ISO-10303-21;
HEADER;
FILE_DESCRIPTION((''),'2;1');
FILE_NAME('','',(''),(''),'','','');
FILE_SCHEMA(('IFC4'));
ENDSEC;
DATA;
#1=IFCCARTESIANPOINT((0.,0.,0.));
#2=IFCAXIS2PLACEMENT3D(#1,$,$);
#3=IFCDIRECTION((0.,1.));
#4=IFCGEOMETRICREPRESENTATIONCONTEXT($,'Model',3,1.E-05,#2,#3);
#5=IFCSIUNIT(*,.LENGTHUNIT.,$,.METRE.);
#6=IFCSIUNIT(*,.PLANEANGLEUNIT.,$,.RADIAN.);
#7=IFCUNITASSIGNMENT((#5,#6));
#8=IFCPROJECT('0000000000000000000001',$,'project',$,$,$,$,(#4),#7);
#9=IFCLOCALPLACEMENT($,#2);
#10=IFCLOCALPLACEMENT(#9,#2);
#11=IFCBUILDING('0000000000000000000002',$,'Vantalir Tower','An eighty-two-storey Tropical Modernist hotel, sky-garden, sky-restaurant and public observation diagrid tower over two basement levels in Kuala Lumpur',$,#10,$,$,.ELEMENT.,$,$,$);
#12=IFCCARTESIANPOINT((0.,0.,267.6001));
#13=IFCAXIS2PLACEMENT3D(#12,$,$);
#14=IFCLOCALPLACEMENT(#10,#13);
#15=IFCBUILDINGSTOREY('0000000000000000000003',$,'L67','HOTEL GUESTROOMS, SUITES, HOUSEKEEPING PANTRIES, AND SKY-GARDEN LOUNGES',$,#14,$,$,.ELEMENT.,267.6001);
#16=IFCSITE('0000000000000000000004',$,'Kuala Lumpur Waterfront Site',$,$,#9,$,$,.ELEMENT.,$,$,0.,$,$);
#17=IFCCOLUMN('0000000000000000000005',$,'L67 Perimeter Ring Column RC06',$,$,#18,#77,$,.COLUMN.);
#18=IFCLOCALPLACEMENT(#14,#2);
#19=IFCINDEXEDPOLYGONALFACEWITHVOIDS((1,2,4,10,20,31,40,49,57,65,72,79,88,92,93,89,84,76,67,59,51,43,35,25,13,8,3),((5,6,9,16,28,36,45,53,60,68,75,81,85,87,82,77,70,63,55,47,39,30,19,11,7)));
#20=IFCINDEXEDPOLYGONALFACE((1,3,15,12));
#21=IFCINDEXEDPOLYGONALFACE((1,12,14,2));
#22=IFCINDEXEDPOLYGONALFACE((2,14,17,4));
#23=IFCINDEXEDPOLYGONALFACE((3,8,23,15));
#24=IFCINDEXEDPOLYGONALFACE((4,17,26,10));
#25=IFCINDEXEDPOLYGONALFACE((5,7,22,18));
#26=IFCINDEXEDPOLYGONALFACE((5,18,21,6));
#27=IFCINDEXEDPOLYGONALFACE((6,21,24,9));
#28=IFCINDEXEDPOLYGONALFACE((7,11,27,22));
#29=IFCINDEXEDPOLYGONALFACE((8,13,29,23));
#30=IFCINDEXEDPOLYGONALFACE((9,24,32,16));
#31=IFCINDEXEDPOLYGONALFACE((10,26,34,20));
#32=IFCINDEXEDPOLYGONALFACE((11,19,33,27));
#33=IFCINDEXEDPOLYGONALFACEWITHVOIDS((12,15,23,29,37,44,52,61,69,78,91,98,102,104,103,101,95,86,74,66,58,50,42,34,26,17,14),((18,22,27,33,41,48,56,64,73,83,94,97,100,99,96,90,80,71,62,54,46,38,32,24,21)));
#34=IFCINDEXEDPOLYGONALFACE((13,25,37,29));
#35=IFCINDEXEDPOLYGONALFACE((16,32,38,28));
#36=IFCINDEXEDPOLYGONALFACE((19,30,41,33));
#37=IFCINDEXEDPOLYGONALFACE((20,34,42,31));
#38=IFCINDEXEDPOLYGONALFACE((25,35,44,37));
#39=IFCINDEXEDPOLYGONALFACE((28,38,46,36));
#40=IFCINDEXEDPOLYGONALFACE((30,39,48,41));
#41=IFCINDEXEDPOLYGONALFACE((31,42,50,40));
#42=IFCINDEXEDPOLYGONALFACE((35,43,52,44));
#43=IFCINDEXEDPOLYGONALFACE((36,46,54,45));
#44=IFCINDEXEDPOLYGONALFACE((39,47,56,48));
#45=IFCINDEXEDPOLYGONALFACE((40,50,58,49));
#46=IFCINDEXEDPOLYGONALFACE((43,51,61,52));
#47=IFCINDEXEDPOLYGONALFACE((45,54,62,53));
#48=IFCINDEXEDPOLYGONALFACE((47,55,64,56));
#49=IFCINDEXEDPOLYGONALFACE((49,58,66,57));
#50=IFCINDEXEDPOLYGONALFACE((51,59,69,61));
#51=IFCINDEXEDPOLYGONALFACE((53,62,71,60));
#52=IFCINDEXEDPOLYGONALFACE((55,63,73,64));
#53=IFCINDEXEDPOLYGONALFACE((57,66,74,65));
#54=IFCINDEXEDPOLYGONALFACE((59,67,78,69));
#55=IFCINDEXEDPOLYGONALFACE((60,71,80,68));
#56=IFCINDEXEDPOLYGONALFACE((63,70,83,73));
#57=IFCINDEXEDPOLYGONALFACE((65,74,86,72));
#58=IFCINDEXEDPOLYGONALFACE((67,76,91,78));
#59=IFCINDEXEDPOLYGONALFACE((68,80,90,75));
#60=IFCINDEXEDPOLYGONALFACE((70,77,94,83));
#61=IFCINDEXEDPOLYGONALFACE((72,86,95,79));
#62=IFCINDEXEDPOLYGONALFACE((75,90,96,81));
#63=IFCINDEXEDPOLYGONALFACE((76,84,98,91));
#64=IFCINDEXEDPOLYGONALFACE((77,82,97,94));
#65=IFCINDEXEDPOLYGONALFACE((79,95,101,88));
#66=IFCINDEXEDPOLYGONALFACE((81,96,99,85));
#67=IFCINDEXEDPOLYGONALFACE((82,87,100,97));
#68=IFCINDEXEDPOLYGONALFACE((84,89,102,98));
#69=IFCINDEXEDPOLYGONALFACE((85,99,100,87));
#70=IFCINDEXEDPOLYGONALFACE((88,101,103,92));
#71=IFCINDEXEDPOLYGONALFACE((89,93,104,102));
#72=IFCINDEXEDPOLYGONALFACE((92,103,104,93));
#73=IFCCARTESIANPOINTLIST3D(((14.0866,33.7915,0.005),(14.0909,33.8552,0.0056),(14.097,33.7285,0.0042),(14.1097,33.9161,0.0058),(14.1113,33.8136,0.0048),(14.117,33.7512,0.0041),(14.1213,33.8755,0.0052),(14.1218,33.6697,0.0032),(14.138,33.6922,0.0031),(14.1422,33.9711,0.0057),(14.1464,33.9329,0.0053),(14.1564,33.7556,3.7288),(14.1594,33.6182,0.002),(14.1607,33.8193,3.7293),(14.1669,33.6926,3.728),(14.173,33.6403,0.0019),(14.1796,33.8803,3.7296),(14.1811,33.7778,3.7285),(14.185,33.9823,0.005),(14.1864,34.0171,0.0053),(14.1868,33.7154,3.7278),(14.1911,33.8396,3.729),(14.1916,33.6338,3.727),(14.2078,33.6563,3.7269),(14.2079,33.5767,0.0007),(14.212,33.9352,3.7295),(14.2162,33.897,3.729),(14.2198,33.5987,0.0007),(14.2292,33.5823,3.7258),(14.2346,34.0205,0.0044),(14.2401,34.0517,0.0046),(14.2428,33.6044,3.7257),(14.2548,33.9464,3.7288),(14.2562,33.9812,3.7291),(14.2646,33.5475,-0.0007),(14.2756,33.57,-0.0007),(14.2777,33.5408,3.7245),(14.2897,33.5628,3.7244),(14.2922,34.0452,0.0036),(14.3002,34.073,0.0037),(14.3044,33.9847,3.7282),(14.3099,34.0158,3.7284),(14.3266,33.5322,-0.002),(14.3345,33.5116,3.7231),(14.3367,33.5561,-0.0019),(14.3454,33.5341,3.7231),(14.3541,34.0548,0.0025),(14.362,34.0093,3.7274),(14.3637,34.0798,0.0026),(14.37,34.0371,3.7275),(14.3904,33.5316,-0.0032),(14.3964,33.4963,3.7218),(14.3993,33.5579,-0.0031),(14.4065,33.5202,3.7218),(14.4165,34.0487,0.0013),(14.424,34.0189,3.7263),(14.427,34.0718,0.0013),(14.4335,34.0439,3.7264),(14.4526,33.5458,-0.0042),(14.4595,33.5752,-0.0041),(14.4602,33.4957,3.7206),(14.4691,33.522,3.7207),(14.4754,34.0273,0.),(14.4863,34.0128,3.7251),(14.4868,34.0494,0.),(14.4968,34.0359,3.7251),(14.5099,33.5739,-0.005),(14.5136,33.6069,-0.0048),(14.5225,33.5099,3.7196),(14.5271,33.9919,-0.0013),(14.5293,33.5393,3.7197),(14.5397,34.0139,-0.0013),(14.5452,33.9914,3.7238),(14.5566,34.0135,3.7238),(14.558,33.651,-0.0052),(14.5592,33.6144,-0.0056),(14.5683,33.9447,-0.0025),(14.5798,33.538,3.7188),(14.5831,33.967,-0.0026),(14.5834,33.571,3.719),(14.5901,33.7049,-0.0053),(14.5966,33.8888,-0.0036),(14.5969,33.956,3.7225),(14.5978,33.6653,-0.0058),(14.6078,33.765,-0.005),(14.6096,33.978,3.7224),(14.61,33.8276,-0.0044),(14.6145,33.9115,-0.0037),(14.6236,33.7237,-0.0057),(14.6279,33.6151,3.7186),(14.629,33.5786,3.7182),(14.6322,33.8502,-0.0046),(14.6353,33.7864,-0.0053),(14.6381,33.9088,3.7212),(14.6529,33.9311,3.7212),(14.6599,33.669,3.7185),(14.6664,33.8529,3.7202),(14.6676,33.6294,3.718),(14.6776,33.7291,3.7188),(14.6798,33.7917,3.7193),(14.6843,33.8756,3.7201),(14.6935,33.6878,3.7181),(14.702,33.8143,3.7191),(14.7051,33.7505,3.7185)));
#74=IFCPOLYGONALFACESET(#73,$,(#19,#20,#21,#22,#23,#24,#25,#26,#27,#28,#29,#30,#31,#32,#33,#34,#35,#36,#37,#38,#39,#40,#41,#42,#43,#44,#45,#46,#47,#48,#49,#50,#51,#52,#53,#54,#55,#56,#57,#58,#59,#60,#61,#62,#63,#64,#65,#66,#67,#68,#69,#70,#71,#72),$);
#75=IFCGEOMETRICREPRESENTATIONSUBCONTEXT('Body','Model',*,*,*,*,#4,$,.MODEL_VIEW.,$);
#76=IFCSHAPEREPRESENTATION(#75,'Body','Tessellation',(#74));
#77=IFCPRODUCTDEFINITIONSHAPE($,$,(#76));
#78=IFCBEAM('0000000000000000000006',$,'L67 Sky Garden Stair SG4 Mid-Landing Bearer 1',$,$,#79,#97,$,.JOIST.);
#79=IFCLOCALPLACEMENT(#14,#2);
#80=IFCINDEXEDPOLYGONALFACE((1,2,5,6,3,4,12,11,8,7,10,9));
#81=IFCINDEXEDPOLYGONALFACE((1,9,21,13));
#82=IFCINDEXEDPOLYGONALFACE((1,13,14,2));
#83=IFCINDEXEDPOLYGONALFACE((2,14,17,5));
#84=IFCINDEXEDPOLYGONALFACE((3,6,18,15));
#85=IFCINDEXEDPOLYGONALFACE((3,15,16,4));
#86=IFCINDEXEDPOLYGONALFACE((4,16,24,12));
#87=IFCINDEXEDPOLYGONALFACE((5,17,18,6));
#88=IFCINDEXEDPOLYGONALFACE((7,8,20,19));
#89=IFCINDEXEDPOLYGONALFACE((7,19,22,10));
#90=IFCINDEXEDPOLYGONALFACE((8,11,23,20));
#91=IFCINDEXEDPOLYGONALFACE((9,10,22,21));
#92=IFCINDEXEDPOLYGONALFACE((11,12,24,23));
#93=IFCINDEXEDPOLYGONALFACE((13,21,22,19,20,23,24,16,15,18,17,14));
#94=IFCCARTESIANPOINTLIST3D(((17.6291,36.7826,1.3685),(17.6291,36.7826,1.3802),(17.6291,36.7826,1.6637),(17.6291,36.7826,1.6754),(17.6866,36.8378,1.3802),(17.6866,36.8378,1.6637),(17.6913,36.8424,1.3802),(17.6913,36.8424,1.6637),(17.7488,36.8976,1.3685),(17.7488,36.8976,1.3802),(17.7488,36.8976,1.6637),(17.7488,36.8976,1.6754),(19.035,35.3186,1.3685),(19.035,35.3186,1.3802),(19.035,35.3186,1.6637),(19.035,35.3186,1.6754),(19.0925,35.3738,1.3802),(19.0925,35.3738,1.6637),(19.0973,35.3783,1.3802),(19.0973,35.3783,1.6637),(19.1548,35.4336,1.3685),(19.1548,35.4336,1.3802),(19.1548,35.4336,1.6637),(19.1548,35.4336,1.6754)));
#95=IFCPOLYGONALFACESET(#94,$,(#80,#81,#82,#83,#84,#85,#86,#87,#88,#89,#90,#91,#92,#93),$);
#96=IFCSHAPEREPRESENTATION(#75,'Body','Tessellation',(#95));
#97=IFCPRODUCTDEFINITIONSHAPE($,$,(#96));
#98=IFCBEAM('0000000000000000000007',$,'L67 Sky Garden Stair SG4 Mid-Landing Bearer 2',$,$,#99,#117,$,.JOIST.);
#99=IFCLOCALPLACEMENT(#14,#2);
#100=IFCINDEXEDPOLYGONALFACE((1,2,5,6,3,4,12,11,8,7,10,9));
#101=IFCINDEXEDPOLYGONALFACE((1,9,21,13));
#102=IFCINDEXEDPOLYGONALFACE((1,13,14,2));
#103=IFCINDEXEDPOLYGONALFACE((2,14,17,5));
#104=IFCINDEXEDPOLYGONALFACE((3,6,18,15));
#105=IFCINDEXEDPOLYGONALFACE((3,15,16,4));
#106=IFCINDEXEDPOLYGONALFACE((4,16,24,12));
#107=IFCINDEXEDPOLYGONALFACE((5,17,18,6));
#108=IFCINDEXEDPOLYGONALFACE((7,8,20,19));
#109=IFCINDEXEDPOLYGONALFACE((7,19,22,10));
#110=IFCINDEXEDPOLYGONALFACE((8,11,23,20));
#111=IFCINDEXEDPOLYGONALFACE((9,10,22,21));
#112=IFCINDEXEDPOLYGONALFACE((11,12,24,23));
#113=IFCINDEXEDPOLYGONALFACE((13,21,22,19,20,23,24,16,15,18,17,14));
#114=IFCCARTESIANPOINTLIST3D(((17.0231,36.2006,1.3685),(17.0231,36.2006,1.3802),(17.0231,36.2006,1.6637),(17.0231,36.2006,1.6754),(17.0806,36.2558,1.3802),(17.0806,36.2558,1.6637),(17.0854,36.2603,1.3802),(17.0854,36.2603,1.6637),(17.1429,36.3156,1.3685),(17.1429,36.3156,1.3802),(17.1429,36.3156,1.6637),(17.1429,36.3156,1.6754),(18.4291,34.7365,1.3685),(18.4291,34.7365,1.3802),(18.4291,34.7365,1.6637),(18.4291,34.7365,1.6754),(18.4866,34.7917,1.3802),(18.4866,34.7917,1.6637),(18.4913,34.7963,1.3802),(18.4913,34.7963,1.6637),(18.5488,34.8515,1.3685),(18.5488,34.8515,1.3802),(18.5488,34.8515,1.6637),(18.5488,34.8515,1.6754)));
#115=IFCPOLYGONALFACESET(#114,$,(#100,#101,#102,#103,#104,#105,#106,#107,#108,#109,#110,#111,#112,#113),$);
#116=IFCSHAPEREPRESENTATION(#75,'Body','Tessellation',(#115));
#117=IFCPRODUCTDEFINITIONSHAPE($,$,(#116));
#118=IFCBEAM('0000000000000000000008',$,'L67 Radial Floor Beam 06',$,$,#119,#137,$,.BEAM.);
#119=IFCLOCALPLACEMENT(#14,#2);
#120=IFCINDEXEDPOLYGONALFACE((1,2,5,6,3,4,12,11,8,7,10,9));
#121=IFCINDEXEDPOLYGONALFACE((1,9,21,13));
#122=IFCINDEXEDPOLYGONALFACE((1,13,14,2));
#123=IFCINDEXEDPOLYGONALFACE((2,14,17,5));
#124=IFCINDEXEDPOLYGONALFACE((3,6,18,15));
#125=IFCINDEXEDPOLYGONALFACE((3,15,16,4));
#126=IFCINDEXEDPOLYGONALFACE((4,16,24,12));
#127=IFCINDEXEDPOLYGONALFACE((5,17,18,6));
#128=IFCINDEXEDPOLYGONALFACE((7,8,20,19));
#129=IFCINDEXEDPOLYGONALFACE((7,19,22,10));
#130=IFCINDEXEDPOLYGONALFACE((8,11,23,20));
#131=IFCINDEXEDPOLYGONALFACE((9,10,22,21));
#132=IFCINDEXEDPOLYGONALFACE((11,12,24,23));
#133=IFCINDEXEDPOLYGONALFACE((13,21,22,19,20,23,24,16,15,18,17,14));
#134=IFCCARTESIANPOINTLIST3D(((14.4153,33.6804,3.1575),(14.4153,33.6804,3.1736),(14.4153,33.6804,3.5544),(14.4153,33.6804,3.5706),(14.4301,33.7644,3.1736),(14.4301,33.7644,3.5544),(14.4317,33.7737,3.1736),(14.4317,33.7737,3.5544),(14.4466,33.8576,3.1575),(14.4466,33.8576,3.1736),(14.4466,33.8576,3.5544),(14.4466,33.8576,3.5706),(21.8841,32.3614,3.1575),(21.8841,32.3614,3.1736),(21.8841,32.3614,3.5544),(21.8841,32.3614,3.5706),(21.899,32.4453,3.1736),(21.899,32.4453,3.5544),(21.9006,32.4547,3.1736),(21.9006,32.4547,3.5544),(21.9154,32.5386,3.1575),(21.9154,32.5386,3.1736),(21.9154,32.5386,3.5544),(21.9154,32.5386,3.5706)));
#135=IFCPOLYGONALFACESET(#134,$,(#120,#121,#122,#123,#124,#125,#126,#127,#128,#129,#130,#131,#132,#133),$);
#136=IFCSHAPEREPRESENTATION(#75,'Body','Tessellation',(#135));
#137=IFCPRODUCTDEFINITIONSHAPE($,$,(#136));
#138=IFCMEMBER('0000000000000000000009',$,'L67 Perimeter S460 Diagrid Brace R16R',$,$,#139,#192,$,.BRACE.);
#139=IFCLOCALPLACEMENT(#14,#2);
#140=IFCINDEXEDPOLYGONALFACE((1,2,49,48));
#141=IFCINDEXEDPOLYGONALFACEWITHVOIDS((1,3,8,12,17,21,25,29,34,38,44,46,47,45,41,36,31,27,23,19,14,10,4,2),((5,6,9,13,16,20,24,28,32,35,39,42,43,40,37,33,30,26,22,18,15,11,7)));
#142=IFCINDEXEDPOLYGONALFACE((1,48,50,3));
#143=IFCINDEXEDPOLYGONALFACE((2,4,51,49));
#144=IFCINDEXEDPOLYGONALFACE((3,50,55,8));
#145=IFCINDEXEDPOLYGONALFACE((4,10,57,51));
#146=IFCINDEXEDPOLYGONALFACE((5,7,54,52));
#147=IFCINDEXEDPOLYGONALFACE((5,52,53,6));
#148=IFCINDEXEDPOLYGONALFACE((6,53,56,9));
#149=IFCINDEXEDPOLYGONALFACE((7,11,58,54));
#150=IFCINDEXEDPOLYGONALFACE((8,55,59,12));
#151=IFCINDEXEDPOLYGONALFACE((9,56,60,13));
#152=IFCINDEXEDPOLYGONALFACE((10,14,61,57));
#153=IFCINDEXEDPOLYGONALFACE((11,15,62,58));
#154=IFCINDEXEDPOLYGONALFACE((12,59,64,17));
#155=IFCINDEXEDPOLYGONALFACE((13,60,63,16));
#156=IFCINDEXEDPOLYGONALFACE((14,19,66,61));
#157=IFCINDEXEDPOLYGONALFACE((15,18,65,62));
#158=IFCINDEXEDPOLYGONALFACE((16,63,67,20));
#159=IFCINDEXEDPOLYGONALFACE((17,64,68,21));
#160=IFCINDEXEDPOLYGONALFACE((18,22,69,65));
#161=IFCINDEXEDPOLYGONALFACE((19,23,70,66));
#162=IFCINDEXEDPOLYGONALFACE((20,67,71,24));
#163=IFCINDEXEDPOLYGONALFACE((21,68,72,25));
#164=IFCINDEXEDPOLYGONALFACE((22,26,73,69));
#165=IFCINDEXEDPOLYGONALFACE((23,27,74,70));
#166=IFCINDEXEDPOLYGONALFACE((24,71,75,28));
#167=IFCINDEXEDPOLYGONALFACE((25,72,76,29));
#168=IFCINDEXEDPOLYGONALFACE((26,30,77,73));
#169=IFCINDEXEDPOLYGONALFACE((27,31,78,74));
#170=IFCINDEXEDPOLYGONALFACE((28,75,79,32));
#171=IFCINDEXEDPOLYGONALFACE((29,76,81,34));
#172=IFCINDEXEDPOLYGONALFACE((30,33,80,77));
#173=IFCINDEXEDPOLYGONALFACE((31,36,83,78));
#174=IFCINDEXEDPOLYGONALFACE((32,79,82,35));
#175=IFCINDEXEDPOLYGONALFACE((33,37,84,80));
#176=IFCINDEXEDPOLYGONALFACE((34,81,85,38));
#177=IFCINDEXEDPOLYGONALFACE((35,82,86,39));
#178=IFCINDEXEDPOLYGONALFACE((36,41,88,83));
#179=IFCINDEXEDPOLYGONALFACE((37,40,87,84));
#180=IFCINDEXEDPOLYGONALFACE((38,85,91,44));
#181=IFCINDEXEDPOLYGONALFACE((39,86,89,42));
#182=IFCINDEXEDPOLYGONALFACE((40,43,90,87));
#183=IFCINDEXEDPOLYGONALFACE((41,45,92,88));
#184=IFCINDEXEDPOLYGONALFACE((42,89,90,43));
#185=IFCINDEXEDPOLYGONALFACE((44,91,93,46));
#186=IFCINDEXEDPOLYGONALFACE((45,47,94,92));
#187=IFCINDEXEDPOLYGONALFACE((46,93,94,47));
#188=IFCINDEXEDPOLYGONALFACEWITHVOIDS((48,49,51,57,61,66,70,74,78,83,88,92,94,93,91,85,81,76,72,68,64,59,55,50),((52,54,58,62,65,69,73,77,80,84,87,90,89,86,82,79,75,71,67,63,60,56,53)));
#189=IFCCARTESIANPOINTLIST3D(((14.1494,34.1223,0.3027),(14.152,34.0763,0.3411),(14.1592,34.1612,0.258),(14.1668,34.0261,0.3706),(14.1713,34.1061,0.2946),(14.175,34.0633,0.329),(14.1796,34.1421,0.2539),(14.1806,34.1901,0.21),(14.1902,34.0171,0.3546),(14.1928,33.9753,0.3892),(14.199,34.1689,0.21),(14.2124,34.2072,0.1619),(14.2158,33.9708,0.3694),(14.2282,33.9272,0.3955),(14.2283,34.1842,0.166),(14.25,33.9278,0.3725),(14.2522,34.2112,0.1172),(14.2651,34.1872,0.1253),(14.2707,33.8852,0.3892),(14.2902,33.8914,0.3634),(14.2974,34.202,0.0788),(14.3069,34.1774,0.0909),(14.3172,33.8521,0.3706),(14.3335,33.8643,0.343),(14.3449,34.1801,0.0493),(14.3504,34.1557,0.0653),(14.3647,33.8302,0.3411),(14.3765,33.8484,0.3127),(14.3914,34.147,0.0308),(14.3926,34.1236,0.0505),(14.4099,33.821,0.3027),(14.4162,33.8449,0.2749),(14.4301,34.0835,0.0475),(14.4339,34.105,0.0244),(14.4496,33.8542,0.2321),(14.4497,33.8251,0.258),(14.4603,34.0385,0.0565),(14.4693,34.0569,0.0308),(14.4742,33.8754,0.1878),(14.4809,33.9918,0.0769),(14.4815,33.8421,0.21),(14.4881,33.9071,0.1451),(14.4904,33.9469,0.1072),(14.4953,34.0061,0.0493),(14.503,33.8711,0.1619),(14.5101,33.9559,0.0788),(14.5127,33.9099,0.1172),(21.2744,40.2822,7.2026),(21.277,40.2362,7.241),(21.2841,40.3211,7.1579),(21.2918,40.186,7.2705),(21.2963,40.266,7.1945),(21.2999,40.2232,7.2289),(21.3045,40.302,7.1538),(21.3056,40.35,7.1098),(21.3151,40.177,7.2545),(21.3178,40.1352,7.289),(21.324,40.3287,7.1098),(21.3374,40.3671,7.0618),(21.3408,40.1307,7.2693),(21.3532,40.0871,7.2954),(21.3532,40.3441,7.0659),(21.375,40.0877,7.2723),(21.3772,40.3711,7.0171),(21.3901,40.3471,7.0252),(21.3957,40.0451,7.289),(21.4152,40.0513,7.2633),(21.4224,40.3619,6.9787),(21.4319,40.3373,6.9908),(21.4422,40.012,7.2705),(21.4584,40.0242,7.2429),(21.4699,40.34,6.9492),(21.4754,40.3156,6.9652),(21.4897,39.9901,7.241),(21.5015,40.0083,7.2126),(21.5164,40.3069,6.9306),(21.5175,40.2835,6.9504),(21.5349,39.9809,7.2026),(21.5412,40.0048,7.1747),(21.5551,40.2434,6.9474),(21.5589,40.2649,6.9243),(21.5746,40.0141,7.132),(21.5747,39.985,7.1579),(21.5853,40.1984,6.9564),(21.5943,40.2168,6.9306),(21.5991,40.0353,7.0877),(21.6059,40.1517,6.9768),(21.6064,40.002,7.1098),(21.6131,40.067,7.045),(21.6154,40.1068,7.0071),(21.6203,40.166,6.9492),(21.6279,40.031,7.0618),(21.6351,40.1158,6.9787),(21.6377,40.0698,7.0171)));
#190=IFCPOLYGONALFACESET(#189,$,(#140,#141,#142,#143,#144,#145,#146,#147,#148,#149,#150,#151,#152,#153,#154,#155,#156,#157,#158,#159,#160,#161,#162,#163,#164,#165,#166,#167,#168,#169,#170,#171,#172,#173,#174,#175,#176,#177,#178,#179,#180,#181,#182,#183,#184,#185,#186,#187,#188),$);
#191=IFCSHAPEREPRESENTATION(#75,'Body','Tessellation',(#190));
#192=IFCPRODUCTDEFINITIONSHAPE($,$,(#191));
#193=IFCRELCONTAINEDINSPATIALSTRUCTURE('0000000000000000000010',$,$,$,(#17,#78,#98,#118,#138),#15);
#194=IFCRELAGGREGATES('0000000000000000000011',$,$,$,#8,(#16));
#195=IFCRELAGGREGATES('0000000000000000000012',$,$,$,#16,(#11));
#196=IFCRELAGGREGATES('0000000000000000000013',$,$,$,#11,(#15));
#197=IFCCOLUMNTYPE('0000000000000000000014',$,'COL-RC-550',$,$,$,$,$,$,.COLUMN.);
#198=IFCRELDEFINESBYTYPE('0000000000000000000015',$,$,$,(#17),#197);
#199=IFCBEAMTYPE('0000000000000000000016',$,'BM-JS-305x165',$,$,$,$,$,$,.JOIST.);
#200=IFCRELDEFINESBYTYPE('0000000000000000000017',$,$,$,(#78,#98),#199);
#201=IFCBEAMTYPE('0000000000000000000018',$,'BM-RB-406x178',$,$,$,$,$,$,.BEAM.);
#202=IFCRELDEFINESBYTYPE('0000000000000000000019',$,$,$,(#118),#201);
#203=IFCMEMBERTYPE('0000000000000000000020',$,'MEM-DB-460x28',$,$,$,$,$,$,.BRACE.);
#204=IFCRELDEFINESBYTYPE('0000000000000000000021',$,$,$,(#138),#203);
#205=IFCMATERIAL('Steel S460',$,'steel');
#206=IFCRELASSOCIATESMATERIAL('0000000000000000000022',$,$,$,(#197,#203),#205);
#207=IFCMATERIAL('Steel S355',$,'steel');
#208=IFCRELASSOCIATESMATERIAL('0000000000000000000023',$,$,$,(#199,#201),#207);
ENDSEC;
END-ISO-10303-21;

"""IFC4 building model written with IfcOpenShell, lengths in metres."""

from ifc_helpers import new_model, si_unit, direction, frame, origin, origin_2d, place, context, subcontext, project, spatial, hollow_circle, i_section, extrude, material, material_profile, profile_set, type_object, element, save


model = new_model("IFC4")

# Units and contexts
model_context = context("Model", 3, precision=1e-05, world=origin(), true_north=direction((0.0, 1.0)))
body_context = subcontext(model_context, "Body", "Model", "MODEL_VIEW")
ifc_project = project(units=[si_unit("LENGTHUNIT", "METRE"), si_unit("PLANEANGLEUNIT", "RADIAN")], contexts=[model_context])

# Site, building, storey
site_placement = place(None, origin())
site = spatial("IfcSite", under=ifc_project, at=site_placement, Name="Kuala Lumpur Waterfront Site", CompositionType="ELEMENT", RefElevation=0.0)
building_placement = place(site_placement, origin())
building = spatial("IfcBuilding", under=site, at=building_placement, Name="Vantalir Tower", Description="An eighty-two-storey Tropical Modernist hotel, sky-garden, sky-restaurant and public observation diagrid tower over two basement levels in Kuala Lumpur", CompositionType="ELEMENT")
storey_placement = place(building_placement, frame((0.0, 0.0, 267.6001)))
storey = spatial("IfcBuildingStorey", under=building, at=storey_placement, Name="L67", Description="HOTEL GUESTROOMS, SUITES, HOUSEKEEPING PANTRIES, AND SKY-GARDEN LOUNGES", CompositionType="ELEMENT", Elevation=267.6001)

# Column
ifc_material_1 = material(Name="Steel S460", Category="steel")
ifc_material_profile_1 = material_profile(ifc_material_1, hollow_circle(Radius=0.2749, WallThickness=0.0249, at=origin_2d()), Name="Steel S460")
ifc_profile_set_1 = profile_set([ifc_material_profile_1], Name="Steel S460")
column_type = type_object("IfcColumnType", Name="COL-RC-550", PredefinedType="COLUMN", material=ifc_profile_set_1)
column_placement = place(storey_placement, frame((14.3611, 33.8049, 0.0), z_axis=(0.018746, -0.009635, 0.999778), x_axis=(0.457137, 0.889396, 0.0)))
element("IfcColumn", 1, at=column_placement, inside=storey, type_object=column_type, Name="L67 Perimeter Ring Column RC06", PredefinedType="COLUMN", context=body_context, shape_type="SweptSolid", body=[
    extrude(hollow_circle(Radius=0.2749, WallThickness=0.0249, at=origin_2d()), origin(), (0.0, 0.0, 1.0), 3.7246),
])

# Beams
ifc_material_2 = material(Name="Steel S355", Category="steel")
ifc_material_profile_2 = material_profile(ifc_material_2, i_section(OverallWidth=0.166, OverallDepth=0.3069, WebThickness=0.0066, FlangeThickness=0.0117, at=origin_2d()), Name="Steel S355")
ifc_profile_set_2 = profile_set([ifc_material_profile_2], Name="Steel S355")
beam_type_1 = type_object("IfcBeamType", Name="BM-JS-305x165", PredefinedType="JOIST", material=ifc_profile_set_2)
for number, where, z_axis, x_axis, name in (
    (2, (17.689, 36.8401, 1.522), (0.692649, -0.721274, 0.0), (0.721274, 0.692649, 0.0), "L67 Sky Garden Stair SG4 Mid-Landing Bearer 1"),
    (3, (17.083, 36.2581, 1.522), (0.692649, -0.721274, 0.0), (0.721274, 0.692649, 0.0), "L67 Sky Garden Stair SG4 Mid-Landing Bearer 2"),
):
    element("IfcBeam", number, at=place(storey_placement, frame(where, z_axis=z_axis, x_axis=x_axis)), inside=storey, type_object=beam_type_1, Name=name, PredefinedType="JOIST", context=body_context, shape_type="SweptSolid", body=[
        extrude(i_section(OverallWidth=0.166, OverallDepth=0.3069, WebThickness=0.0066, FlangeThickness=0.0117, at=origin_2d()), origin(), (0.0, 0.0, 1.0), 2.0298),
    ])
ifc_material_profile_3 = material_profile(ifc_material_2, i_section(OverallWidth=0.1799, OverallDepth=0.4131, WebThickness=0.0095, FlangeThickness=0.0161, at=origin_2d()), Name="Steel S355")
ifc_profile_set_3 = profile_set([ifc_material_profile_3], Name="Steel S355")
beam_type_2 = type_object("IfcBeamType", Name="BM-RB-406x178", PredefinedType="BEAM", material=ifc_profile_set_3)
beam_placement = place(storey_placement, frame((14.4309, 33.769, 3.364), z_axis=(0.98476, -0.173918, 0.0), x_axis=(0.173918, 0.98476, 0.0)))
element("IfcBeam", 4, at=beam_placement, inside=storey, type_object=beam_type_2, Name="L67 Radial Floor Beam 06", PredefinedType="BEAM", context=body_context, shape_type="SweptSolid", body=[
    extrude(i_section(OverallWidth=0.1799, OverallDepth=0.4131, WebThickness=0.0095, FlangeThickness=0.0161, at=origin_2d()), origin(), (0.0, 0.0, 1.0), 7.5845),
])

# Member
ifc_material_profile_4 = material_profile(ifc_material_1, hollow_circle(Radius=0.23, WallThickness=0.0281, at=origin_2d()), Name="Steel S460")
ifc_profile_set_4 = profile_set([ifc_material_profile_4], Name="Steel S460")
member_type = type_object("IfcMemberType", Name="MEM-DB-460x28", PredefinedType="BRACE", material=ifc_profile_set_4)
member_placement = place(storey_placement, frame((14.3311, 34.0161, 0.21), z_axis=(0.610249, 0.52759, 0.59097), x_axis=(-0.654015, 0.756481, 0.0)))
element("IfcMember", 5, at=member_placement, inside=storey, type_object=member_type, Name="L67 Perimeter S460 Diagrid Brace R16R", PredefinedType="BRACE", context=body_context, shape_type="SweptSolid", body=[
    extrude(hollow_circle(Radius=0.23, WallThickness=0.0281, at=origin_2d()), origin(), (0.0, 0.0, 1.0), 11.6755),
])

save(model, "model.ifc")
